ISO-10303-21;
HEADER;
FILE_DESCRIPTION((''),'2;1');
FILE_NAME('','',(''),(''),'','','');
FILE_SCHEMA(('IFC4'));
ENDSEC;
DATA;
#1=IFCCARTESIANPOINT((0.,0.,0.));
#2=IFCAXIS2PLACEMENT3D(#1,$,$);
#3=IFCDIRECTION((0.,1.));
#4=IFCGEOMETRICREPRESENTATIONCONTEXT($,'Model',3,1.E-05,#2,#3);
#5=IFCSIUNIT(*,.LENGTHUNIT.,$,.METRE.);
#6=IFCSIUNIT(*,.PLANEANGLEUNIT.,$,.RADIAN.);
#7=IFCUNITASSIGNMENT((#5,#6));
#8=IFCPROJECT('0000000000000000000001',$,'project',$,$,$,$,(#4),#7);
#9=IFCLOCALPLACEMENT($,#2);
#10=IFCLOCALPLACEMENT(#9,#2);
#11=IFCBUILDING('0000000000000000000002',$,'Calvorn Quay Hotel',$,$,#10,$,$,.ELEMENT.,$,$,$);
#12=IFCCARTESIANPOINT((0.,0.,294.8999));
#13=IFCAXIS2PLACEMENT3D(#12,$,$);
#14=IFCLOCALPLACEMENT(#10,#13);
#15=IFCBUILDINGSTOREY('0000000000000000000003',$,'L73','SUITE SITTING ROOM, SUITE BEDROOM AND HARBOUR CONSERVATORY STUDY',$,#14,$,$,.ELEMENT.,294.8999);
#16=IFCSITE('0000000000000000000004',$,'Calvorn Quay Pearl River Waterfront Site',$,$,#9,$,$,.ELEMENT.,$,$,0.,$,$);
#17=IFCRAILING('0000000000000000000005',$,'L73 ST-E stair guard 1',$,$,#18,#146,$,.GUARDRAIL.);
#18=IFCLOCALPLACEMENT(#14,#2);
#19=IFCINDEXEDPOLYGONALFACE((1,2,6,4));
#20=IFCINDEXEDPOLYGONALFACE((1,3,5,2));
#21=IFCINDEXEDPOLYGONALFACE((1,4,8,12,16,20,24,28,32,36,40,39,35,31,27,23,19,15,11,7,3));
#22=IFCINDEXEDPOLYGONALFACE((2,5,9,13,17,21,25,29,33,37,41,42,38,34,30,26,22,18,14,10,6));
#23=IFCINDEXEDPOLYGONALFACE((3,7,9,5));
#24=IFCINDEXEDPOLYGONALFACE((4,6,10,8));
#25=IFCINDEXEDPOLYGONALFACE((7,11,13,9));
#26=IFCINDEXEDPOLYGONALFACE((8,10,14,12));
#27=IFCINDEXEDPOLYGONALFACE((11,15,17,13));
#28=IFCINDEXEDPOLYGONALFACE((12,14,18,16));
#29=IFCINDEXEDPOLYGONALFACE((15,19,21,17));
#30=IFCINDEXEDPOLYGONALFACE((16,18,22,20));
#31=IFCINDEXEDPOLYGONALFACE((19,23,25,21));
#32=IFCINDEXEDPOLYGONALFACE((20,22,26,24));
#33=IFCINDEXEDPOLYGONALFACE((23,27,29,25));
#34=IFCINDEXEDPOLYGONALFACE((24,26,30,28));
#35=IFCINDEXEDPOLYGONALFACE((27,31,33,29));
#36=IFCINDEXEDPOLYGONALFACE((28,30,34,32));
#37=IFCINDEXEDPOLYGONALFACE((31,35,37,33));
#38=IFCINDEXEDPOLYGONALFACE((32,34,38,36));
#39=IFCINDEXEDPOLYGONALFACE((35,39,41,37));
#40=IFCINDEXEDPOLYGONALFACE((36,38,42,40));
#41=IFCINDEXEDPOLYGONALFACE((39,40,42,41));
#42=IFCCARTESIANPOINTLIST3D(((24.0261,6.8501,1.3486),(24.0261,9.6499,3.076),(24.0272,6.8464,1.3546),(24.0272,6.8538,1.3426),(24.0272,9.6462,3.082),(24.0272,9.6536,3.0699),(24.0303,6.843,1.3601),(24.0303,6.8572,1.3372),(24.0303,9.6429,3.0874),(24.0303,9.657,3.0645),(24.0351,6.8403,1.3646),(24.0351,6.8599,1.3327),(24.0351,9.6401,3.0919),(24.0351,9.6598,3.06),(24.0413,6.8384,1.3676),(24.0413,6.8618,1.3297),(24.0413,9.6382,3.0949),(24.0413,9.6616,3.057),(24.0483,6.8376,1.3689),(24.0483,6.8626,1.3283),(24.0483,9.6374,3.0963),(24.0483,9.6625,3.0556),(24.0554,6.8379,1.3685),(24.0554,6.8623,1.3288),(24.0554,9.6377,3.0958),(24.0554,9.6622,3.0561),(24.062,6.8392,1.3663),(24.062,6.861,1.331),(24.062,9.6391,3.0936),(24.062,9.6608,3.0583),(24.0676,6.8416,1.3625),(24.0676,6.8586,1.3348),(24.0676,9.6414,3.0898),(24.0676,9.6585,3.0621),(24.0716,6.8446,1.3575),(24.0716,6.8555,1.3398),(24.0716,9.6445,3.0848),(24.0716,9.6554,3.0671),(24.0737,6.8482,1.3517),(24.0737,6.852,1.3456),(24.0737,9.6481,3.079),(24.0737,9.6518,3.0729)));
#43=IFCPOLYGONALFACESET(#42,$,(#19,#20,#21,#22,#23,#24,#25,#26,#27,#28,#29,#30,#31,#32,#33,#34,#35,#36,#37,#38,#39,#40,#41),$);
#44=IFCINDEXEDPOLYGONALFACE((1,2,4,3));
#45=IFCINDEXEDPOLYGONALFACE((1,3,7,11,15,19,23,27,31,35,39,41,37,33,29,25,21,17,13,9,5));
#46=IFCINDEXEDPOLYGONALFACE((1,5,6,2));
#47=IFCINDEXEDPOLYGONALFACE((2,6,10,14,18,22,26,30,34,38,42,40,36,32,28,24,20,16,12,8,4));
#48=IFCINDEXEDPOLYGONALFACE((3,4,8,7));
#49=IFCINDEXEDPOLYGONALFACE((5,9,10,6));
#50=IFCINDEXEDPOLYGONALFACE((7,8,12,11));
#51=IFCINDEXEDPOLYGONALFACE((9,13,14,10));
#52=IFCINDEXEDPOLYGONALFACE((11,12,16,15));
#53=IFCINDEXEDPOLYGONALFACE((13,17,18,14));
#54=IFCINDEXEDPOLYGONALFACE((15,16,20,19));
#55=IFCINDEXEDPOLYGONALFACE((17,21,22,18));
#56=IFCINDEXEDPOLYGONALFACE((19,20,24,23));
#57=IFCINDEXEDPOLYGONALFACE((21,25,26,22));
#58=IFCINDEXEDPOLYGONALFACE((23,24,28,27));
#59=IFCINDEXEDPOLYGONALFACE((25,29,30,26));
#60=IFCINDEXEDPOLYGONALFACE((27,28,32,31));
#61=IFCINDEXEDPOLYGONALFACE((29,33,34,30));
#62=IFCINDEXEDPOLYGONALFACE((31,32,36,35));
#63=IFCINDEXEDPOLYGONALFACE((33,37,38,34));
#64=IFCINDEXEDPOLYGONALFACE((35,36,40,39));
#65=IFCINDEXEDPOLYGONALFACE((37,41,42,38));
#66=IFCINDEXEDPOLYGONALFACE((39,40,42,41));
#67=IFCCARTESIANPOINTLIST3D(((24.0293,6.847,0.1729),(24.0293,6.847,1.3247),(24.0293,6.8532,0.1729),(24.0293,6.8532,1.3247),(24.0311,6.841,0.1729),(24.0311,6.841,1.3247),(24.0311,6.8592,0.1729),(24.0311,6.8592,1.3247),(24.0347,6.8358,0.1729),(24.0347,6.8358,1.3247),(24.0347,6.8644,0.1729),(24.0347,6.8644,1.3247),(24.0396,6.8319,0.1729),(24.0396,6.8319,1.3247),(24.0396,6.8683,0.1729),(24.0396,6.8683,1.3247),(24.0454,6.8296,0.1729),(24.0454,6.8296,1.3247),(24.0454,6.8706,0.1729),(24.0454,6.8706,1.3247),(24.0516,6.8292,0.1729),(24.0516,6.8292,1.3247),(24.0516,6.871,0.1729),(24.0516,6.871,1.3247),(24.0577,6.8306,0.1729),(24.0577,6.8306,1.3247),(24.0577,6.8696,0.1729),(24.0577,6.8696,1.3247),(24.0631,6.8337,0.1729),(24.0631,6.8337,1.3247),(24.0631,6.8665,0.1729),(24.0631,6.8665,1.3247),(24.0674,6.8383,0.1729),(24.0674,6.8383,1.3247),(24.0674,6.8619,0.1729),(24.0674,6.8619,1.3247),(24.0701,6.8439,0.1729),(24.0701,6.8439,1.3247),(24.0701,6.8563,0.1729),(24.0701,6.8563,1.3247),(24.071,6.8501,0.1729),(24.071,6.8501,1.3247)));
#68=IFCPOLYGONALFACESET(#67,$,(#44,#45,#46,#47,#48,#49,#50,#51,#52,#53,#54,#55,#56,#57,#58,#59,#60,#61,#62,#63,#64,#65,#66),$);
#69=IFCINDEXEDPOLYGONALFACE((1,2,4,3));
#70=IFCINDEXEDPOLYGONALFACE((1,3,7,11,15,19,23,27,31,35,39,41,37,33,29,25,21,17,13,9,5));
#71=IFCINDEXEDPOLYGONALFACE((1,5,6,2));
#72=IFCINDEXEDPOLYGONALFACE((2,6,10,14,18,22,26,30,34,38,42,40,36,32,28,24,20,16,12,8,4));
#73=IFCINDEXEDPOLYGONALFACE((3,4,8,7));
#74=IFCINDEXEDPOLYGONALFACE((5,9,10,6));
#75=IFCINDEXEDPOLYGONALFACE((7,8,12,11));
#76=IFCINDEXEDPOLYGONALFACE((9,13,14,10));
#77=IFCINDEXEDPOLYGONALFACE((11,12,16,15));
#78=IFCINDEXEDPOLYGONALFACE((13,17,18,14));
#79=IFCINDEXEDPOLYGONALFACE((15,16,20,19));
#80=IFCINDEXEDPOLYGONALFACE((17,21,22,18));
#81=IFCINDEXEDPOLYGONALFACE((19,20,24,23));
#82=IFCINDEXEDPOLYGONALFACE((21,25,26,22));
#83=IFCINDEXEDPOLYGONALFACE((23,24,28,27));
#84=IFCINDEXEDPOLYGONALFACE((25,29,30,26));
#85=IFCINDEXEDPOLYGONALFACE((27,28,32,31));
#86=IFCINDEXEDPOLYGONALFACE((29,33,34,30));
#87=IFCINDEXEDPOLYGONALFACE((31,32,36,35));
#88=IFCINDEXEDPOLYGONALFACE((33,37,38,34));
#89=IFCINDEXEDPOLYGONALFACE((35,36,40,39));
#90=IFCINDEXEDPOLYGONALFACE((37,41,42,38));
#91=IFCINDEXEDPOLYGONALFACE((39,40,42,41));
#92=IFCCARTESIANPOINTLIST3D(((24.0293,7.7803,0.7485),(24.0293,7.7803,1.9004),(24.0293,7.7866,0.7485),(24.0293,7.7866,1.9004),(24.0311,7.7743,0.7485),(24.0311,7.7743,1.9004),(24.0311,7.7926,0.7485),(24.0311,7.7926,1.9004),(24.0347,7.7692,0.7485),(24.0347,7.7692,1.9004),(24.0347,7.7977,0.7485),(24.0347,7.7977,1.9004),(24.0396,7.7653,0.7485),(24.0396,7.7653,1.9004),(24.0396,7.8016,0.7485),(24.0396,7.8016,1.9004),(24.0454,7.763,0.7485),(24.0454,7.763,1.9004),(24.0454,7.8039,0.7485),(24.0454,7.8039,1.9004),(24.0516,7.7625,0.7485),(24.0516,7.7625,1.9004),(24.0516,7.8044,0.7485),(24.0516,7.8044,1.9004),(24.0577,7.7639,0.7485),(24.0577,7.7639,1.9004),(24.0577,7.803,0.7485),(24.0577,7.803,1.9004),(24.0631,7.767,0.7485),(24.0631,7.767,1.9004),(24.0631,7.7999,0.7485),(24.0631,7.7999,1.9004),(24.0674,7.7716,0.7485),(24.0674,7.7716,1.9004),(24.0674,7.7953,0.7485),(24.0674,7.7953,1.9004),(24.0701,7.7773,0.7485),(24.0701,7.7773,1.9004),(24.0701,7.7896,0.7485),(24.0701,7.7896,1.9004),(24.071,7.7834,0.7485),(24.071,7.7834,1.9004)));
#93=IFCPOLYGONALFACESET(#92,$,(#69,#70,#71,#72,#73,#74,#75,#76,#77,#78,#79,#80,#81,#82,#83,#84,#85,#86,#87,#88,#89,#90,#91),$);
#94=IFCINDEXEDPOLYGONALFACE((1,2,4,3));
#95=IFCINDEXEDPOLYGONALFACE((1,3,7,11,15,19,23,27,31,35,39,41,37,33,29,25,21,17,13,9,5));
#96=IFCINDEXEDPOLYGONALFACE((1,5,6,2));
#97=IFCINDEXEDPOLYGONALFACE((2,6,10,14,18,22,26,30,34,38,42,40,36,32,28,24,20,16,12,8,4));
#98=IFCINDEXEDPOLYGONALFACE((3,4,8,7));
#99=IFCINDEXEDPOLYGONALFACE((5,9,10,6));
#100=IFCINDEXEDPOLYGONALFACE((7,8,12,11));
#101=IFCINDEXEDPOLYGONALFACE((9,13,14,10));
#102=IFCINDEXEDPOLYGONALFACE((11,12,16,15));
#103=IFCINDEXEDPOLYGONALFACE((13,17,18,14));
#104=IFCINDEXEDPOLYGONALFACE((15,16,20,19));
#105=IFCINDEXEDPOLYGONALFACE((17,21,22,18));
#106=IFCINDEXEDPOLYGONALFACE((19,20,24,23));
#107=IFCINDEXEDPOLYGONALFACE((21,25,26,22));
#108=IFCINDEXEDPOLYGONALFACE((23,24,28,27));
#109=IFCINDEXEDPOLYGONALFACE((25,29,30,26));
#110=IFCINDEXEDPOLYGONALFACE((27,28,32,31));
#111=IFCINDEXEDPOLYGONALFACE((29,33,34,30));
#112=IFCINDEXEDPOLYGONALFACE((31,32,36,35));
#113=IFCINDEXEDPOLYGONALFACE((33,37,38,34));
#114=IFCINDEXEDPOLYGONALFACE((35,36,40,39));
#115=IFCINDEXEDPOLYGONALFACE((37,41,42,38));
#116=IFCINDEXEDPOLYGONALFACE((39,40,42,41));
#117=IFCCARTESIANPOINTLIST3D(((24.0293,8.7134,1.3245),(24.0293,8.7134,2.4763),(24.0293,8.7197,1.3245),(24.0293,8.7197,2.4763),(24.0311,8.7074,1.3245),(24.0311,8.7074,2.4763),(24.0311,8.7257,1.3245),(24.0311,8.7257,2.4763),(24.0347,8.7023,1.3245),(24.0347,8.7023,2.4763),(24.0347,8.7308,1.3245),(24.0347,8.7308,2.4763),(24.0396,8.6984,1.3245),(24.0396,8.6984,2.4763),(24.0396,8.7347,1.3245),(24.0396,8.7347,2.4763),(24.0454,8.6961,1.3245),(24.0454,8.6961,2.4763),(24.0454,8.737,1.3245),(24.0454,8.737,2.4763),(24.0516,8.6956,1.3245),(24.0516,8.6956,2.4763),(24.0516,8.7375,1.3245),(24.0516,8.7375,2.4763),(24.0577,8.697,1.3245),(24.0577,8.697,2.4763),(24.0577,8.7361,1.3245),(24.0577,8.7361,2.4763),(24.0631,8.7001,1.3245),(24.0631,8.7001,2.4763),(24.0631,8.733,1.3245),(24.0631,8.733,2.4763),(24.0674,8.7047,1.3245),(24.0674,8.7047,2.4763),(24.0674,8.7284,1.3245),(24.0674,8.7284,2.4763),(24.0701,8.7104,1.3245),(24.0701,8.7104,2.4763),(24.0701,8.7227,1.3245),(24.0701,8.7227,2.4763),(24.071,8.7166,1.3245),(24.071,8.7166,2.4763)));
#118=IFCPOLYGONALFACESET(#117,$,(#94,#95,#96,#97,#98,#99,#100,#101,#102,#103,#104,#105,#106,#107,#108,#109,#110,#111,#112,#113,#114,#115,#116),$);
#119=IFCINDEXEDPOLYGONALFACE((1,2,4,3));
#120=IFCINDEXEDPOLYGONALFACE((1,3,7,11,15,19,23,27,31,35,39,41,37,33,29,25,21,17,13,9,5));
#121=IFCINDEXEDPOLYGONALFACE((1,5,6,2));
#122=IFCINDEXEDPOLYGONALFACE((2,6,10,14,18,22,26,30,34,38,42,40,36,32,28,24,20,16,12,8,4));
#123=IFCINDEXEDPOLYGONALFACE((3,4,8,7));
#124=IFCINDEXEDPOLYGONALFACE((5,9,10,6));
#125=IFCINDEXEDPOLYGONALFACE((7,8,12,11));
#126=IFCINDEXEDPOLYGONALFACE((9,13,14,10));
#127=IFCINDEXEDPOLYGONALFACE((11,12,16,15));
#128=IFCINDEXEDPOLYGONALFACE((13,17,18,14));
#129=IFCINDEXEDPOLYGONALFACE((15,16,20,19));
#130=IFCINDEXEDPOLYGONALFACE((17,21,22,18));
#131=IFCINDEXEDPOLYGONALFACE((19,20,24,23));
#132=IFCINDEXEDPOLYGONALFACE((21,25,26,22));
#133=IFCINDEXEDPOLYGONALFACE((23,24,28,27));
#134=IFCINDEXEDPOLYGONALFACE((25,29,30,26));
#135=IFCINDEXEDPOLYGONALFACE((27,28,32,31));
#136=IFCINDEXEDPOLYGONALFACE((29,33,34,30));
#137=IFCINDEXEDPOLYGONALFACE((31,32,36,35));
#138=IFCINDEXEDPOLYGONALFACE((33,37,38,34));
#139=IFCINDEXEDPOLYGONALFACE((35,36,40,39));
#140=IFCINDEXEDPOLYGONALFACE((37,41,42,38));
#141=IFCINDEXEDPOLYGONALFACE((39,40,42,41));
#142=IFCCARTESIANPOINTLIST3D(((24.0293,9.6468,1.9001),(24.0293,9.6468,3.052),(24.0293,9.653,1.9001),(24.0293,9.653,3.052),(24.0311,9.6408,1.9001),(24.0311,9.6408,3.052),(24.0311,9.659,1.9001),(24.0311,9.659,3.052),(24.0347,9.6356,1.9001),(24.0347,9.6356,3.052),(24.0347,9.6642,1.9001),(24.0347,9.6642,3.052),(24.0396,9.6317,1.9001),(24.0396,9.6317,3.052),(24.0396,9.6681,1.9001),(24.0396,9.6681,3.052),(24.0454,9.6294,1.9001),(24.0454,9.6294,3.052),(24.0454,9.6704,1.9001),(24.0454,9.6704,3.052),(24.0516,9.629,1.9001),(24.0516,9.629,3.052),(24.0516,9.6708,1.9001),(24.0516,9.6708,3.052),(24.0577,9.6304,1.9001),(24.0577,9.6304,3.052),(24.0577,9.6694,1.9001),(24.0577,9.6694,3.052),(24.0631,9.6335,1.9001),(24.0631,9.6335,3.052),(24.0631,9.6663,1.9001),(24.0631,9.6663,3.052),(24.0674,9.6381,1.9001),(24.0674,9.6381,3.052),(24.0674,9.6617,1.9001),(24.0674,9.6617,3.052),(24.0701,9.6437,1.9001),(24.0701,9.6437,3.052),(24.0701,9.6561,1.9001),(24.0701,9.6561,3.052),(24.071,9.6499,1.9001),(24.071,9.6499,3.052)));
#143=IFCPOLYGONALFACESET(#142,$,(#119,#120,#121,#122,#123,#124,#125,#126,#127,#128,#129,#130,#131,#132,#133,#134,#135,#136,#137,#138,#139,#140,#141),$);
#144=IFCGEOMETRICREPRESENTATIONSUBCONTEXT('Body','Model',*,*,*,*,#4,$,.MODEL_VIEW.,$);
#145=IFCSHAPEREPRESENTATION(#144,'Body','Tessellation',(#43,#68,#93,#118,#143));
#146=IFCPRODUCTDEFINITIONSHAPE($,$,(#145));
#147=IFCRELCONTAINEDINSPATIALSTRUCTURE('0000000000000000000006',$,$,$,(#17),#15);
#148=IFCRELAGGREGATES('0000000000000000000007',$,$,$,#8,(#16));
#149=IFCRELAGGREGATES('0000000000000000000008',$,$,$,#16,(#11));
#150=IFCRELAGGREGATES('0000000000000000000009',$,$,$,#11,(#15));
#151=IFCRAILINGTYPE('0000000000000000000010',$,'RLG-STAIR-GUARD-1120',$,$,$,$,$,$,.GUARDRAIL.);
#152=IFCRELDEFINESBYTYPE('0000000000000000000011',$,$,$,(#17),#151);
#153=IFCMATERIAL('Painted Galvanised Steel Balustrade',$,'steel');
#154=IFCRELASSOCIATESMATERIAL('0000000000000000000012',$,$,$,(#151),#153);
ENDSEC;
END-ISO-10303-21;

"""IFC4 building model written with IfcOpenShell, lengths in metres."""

from ifc_helpers import new_model, si_unit, direction, frame, origin, origin_2d, place, context, subcontext, project, spatial, circle, extrude, material, type_object, element, save


model = new_model("IFC4")

# Units and contexts
model_context = context("Model", 3, precision=1e-05, world=origin(), true_north=direction((0.0, 1.0)))
body_context = subcontext(model_context, "Body", "Model", "MODEL_VIEW")
ifc_project = project(units=[si_unit("LENGTHUNIT", "METRE"), si_unit("PLANEANGLEUNIT", "RADIAN")], contexts=[model_context])

# Site, building, storey
site_placement = place(None, origin())
site = spatial("IfcSite", under=ifc_project, at=site_placement, Name="Calvorn Quay Pearl River Waterfront Site", CompositionType="ELEMENT", RefElevation=0.0)
building_placement = place(site_placement, origin())
building = spatial("IfcBuilding", under=site, at=building_placement, Name="Calvorn Quay Hotel", CompositionType="ELEMENT")
storey_placement = place(building_placement, frame((0.0, 0.0, 294.8999)))
storey = spatial("IfcBuildingStorey", under=building, at=storey_placement, Name="L73", Description="SUITE SITTING ROOM, SUITE BEDROOM AND HARBOUR CONSERVATORY STUDY", CompositionType="ELEMENT", Elevation=294.8999)

# Railing
ifc_material_1 = material(Name="Painted Galvanised Steel Balustrade", Category="steel")
railing_type_1 = type_object("IfcRailingType", Name="RLG-STAIR-GUARD-1120", PredefinedType="GUARDRAIL", material=ifc_material_1)
railing_1_placement = place(storey_placement, frame((24.05, 6.8501, 0.1729)))
element("IfcRailing", 1, at=railing_1_placement, inside=storey, type_object=railing_type_1, Name="L73 ST-E stair guard 1", PredefinedType="GUARDRAIL", context=body_context, shape_type="SweptSolid", body=[
    extrude(circle(Radius=0.0239, at=origin_2d()), frame((0.0, 0.0, 1.1758), z_axis=(0.0, 0.851069, 0.525054), x_axis=(-1.0, 0.0, 0.0)), (0.0, 0.0, 1.0), 3.2898),
    extrude(circle(Radius=0.021, at=origin_2d()), origin(), (0.0, 0.0, 1.0), 1.1519),
    extrude(circle(Radius=0.021, at=origin_2d()), frame((0.0, 0.9333, 0.5757)), (0.0, 0.0, 1.0), 1.1519),
    extrude(circle(Radius=0.021, at=origin_2d()), frame((0.0, 1.8665, 1.1516)), (0.0, 0.0, 1.0), 1.1519),
    extrude(circle(Radius=0.021, at=origin_2d()), frame((0.0, 2.7998, 1.7273)), (0.0, 0.0, 1.0), 1.1519),
])

save(model, "model.ifc")
